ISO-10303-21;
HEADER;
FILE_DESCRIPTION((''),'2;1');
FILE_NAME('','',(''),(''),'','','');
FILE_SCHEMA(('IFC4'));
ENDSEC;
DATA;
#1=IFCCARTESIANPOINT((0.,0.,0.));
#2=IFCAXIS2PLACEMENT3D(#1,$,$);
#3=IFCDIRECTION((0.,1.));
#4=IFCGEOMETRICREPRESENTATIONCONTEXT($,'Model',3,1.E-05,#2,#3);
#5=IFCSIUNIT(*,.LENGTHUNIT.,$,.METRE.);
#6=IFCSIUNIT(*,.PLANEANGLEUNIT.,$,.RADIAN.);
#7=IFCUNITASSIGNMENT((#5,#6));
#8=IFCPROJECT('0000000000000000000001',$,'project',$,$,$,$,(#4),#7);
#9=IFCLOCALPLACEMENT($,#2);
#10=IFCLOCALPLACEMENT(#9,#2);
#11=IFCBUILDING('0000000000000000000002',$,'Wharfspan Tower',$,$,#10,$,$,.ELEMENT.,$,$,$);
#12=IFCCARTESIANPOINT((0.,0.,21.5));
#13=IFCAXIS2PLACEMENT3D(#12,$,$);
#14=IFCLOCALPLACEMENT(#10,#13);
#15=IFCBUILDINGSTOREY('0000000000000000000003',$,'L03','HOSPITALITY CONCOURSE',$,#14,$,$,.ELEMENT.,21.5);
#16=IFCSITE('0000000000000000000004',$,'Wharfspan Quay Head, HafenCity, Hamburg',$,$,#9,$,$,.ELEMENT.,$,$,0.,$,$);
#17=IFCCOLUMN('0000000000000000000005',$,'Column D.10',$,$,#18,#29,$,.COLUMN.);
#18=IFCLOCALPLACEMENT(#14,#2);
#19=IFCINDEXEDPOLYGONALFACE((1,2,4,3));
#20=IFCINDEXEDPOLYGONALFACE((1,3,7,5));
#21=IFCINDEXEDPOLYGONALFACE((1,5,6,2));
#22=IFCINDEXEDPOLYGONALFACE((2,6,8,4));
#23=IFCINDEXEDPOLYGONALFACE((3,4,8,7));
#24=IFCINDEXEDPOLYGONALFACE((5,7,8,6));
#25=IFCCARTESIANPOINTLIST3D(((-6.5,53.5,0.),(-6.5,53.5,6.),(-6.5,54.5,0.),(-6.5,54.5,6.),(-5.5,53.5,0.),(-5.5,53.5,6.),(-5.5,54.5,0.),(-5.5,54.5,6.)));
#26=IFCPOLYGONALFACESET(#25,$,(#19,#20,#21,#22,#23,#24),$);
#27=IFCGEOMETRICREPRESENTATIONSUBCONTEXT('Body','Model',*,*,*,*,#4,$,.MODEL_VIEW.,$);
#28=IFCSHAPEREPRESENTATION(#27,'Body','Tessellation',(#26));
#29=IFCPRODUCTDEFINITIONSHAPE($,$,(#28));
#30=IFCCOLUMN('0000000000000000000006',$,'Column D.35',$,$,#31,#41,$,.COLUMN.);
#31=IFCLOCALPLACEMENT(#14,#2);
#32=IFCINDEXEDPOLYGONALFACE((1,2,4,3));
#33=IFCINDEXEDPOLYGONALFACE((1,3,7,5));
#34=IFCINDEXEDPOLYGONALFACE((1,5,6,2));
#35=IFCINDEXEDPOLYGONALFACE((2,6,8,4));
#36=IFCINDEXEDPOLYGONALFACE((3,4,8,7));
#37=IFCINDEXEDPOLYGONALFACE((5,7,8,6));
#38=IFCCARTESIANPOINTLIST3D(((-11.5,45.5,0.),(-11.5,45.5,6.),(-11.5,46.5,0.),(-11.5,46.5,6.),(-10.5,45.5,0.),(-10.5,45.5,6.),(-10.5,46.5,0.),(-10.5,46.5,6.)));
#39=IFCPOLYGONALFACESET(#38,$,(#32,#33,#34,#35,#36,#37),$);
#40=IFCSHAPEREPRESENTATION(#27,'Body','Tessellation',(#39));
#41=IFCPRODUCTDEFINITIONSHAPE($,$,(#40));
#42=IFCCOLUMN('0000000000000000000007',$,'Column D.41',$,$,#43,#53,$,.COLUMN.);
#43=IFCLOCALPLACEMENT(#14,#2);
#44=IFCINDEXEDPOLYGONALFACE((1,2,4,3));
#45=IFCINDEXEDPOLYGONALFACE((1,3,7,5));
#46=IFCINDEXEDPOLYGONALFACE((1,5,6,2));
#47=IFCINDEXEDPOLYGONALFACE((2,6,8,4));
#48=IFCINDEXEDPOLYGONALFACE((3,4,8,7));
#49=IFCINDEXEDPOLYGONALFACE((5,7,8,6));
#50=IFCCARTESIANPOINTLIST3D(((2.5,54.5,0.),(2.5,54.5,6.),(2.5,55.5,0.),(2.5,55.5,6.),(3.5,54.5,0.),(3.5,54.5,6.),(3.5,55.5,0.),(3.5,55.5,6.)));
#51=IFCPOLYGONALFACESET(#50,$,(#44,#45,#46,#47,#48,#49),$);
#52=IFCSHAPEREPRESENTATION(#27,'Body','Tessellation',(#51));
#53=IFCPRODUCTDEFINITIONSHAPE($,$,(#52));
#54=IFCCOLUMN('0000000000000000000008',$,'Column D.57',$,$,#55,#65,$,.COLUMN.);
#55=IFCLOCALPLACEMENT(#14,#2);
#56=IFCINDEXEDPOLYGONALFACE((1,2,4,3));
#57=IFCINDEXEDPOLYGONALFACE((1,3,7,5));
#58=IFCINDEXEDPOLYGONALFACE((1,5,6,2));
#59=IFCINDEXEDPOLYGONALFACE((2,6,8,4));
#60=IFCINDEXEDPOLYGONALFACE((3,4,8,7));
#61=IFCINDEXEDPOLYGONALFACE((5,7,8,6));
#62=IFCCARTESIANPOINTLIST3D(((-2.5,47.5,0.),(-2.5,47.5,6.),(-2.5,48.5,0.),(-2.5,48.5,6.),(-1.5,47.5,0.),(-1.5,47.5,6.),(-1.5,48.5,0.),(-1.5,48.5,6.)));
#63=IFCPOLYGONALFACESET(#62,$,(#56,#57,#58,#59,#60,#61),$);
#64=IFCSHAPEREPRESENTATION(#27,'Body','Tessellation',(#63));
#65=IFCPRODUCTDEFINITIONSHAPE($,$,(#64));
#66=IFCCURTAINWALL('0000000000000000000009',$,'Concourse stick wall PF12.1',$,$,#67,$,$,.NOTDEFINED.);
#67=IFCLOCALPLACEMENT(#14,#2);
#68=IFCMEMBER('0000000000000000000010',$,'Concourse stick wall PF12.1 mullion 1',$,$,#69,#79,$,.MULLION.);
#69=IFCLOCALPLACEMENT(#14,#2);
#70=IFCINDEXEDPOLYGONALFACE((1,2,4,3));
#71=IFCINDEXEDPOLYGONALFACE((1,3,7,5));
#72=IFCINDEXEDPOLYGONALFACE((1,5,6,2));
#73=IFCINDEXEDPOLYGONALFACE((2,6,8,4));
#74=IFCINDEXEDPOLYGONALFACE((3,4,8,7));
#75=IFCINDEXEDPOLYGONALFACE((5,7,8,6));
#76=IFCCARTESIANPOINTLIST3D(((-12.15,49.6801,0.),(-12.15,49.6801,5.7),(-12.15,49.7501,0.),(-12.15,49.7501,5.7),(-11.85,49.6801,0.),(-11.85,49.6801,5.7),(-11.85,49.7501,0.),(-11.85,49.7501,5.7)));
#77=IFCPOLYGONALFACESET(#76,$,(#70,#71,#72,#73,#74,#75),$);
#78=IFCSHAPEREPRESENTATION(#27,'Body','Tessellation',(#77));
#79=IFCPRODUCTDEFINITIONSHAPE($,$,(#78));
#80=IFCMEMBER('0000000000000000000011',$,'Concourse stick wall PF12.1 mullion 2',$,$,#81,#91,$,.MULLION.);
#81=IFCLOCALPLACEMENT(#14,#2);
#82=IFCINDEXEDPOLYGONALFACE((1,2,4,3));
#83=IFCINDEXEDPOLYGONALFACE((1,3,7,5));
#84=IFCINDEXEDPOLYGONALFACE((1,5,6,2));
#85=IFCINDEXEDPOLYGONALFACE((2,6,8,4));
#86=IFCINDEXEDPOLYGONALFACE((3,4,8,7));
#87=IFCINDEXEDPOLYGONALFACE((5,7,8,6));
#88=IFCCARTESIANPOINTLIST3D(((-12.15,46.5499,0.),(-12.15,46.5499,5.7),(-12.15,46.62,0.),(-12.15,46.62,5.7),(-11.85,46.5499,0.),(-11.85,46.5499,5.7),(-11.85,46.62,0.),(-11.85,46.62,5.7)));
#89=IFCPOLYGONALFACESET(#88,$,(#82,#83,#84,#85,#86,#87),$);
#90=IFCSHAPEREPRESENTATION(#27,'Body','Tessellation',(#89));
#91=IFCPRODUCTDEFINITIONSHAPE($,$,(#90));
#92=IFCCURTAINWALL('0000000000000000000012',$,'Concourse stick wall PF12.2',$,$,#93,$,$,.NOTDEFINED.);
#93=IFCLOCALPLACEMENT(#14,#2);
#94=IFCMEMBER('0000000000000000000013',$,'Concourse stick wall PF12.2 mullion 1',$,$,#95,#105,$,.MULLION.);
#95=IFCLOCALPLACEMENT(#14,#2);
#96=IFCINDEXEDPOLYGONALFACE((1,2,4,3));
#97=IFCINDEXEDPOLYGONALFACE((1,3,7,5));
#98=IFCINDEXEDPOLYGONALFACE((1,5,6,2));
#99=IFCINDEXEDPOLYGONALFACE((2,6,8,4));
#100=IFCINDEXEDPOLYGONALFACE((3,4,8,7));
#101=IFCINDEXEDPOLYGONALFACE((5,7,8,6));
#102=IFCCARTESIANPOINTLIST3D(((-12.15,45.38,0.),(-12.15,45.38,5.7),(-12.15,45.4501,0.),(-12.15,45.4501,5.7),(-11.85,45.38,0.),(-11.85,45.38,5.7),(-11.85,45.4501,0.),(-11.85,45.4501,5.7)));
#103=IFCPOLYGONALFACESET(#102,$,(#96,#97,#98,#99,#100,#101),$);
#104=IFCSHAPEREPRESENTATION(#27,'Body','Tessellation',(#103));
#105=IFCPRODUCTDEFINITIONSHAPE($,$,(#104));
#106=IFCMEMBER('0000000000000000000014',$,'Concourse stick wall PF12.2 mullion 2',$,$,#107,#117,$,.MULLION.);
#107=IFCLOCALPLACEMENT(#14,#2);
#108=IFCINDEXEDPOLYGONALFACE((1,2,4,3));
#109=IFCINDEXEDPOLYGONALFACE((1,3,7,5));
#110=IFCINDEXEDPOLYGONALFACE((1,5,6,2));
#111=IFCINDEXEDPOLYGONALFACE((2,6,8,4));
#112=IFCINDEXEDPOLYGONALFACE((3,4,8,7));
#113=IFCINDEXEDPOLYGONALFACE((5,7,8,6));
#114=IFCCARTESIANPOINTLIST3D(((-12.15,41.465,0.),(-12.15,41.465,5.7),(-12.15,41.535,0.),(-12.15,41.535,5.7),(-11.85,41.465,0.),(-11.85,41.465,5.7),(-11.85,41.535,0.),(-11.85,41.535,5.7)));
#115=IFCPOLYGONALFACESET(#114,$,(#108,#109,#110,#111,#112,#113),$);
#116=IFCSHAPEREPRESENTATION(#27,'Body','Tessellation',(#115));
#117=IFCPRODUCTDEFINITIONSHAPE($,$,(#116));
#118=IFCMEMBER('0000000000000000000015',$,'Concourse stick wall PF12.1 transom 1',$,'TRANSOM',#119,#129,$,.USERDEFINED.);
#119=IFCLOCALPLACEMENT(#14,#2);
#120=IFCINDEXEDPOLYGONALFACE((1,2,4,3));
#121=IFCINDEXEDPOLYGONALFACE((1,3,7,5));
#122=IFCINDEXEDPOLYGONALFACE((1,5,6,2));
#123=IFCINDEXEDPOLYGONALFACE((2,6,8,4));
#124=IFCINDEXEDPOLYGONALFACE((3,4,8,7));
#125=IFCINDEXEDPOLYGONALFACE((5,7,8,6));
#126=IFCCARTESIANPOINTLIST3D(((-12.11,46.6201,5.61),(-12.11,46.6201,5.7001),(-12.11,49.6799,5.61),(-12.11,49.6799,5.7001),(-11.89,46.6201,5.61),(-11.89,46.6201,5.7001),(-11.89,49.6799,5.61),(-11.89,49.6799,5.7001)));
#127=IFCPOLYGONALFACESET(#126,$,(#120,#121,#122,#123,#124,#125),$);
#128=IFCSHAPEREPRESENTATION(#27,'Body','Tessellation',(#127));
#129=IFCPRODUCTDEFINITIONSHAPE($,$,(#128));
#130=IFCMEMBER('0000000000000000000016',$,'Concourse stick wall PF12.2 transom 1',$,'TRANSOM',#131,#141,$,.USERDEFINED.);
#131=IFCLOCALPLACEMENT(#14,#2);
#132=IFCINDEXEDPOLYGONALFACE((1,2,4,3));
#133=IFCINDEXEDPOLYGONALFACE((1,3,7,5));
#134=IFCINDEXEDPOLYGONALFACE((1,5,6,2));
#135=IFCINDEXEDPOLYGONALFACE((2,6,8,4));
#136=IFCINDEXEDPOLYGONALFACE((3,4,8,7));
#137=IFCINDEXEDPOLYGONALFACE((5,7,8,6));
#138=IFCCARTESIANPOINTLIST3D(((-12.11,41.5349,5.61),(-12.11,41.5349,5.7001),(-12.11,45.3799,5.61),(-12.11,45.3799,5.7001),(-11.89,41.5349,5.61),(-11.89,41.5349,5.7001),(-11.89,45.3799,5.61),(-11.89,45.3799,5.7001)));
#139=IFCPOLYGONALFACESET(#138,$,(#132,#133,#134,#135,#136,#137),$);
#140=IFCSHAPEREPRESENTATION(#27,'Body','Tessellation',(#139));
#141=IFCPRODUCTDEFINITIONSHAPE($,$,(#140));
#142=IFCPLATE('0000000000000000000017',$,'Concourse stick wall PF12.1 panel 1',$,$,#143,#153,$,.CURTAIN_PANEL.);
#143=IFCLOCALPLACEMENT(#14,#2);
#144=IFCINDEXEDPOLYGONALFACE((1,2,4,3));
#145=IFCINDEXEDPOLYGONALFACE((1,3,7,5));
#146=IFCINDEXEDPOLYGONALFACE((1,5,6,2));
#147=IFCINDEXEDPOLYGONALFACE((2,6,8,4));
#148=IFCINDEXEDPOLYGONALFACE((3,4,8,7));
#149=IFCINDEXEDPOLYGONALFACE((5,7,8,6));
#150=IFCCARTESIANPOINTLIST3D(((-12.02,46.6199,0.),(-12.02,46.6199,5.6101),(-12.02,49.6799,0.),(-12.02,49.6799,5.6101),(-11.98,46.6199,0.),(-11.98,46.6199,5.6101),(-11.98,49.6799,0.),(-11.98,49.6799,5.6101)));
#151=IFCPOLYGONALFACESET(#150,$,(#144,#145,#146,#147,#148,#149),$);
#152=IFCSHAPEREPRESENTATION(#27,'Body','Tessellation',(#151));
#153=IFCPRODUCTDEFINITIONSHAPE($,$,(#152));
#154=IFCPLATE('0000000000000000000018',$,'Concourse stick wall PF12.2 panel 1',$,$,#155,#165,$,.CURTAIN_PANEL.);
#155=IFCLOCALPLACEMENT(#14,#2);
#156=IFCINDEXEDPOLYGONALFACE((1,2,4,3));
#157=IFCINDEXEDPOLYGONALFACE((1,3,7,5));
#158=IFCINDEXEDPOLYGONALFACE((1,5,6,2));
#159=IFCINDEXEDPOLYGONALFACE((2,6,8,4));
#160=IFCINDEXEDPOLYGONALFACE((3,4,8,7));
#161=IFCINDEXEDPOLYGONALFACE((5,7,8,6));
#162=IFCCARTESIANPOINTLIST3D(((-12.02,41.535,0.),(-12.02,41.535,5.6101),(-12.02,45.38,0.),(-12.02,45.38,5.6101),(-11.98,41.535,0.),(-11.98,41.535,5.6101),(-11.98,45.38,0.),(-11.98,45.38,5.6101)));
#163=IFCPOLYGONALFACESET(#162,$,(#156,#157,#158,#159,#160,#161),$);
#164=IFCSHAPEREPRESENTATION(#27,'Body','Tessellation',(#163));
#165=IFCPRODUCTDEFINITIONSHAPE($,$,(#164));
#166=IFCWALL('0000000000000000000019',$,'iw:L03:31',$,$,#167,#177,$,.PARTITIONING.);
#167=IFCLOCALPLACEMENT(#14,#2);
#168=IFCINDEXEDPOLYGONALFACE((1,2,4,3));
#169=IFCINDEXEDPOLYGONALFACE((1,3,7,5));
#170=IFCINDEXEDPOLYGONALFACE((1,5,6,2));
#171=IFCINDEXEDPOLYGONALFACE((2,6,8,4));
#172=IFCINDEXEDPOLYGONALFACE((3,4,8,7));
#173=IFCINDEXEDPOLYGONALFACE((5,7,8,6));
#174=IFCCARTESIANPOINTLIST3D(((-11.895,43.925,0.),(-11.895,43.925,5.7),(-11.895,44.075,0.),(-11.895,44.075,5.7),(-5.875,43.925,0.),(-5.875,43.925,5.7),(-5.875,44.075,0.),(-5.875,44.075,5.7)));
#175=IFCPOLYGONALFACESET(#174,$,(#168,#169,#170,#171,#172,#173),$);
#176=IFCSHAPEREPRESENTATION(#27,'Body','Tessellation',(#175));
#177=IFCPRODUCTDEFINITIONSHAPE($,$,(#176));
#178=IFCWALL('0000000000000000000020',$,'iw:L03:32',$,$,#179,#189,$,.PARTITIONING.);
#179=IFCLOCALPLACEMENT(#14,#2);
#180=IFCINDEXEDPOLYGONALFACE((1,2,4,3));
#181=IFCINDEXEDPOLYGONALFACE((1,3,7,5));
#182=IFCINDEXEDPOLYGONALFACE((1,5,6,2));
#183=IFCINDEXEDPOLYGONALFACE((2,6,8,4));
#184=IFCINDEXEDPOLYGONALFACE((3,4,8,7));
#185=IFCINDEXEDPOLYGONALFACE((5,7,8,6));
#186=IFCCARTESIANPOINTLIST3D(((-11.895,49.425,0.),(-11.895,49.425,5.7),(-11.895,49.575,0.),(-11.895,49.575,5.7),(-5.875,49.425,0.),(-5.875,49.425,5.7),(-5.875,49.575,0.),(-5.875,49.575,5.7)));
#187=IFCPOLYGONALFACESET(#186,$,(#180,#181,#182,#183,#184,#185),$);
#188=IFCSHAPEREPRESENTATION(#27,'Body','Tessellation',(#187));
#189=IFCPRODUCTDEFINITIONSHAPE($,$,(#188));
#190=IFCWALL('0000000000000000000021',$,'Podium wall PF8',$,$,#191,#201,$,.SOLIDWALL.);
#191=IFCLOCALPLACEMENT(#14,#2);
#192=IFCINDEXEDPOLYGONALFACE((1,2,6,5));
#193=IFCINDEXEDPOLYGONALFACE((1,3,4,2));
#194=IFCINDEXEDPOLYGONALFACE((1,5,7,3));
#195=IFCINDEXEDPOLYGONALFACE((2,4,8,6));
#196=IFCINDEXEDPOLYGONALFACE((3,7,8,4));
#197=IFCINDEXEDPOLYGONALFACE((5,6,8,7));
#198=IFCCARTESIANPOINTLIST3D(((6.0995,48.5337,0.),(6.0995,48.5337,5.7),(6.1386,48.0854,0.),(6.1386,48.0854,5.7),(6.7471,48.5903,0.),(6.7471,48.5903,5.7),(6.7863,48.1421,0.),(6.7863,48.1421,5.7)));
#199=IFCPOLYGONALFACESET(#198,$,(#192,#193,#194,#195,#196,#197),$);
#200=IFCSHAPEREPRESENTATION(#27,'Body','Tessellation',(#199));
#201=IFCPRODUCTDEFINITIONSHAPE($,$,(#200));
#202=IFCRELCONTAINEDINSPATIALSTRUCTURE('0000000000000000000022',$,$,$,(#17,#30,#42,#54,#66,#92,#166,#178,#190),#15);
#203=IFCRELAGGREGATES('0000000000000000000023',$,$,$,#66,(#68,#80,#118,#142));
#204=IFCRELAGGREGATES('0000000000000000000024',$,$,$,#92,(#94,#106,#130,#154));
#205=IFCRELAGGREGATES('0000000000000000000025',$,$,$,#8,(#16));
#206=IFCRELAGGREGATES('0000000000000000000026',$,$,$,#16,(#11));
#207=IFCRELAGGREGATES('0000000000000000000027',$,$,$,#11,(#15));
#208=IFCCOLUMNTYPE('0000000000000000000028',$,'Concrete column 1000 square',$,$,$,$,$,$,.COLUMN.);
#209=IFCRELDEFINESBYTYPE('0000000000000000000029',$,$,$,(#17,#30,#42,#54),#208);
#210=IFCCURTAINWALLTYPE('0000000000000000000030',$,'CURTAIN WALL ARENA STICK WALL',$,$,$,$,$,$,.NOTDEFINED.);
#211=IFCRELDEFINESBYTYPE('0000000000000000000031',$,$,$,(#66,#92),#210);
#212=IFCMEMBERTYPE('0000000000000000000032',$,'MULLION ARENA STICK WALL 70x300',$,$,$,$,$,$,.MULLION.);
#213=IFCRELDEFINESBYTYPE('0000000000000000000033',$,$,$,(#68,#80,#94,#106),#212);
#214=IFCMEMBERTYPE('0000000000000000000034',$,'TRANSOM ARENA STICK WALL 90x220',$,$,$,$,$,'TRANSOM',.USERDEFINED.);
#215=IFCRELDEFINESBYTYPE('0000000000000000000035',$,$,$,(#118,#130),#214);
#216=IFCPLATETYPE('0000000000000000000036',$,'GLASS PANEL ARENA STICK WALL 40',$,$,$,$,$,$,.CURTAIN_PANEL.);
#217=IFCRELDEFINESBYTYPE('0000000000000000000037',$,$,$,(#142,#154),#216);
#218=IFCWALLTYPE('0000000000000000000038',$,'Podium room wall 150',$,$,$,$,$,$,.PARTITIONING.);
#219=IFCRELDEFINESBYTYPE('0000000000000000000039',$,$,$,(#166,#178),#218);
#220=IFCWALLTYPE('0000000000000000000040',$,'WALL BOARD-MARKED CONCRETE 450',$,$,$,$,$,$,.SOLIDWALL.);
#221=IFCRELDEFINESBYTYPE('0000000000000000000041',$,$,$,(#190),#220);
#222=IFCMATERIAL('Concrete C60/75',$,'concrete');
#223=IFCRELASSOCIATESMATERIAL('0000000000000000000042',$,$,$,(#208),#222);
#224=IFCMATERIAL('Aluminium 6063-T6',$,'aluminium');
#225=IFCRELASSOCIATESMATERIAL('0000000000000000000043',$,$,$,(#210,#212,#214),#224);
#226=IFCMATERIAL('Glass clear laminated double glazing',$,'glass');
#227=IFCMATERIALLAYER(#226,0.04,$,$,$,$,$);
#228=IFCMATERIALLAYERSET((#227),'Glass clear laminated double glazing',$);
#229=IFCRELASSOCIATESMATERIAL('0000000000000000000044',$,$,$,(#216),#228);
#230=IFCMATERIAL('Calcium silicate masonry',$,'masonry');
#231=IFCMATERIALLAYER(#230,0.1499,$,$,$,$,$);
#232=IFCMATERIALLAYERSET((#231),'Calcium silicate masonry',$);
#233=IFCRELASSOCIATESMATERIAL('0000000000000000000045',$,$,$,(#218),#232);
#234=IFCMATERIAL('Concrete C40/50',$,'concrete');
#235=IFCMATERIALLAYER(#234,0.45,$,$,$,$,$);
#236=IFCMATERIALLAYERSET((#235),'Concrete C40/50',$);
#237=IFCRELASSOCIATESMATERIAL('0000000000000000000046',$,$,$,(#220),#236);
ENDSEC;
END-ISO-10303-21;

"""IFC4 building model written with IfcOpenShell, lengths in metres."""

from ifc_helpers import new_model, si_unit, direction, frame, frame_2d, origin, origin_2d, place, context, subcontext, project, spatial, rectangle, extrude, material, layer, layer_set, material_profile, profile_set, type_object, element, aggregate, save


model = new_model("IFC4")

# Units and contexts
model_context = context("Model", 3, precision=1e-05, world=origin(), true_north=direction((0.0, 1.0)))
body_context = subcontext(model_context, "Body", "Model", "MODEL_VIEW")
ifc_project = project(units=[si_unit("LENGTHUNIT", "METRE"), si_unit("PLANEANGLEUNIT", "RADIAN")], contexts=[model_context])

# Site, building, storey
site_placement = place(None, origin())
site = spatial("IfcSite", under=ifc_project, at=site_placement, Name="Wharfspan Quay Head, HafenCity, Hamburg", CompositionType="ELEMENT", RefElevation=0.0)
building_placement = place(site_placement, origin())
building = spatial("IfcBuilding", under=site, at=building_placement, Name="Wharfspan Tower", CompositionType="ELEMENT")
storey_placement = place(building_placement, frame((0.0, 0.0, 21.5)))
storey = spatial("IfcBuildingStorey", under=building, at=storey_placement, Name="L03", Description="HOSPITALITY CONCOURSE", CompositionType="ELEMENT", Elevation=21.5)

# Columns
ifc_material_1 = material(Name="Concrete C60/75", Category="concrete")
ifc_material_profile_1 = material_profile(ifc_material_1, rectangle(XDim=1.0, YDim=1.0, at=origin_2d()))
ifc_profile_set_1 = profile_set([ifc_material_profile_1], Name="Concrete C60/75")
column_type = type_object("IfcColumnType", Name="Concrete column 1000 square", PredefinedType="COLUMN", material=ifc_profile_set_1)
for number, where, z_axis, x_axis, name in (
    (1, (-6.0, 54.0, 0.0), (0.0, 0.0, 1.0), (1.0, 0.0, 0.0), "Column D.10"),
    (2, (-11.0, 46.0, 0.0), (0.0, 0.0, 1.0), (1.0, 0.0, 0.0), "Column D.35"),
    (3, (3.0, 55.0, 0.0), (0.0, 0.0, 1.0), (1.0, 0.0, 0.0), "Column D.41"),
    (4, (-2.0, 48.0, 0.0), (0.0, 0.0, 1.0), (1.0, 0.0, 0.0), "Column D.57"),
):
    element("IfcColumn", number, at=place(storey_placement, frame(where, z_axis=z_axis, x_axis=x_axis)), inside=storey, type_object=column_type, Name=name, PredefinedType="COLUMN", context=body_context, shape_type="SweptSolid", body=[
        extrude(rectangle(XDim=1.0, YDim=1.0, at=origin_2d()), origin(), (0.0, 0.0, 1.0), 6.0),
    ])

# Curtain walls, members
ifc_material_2 = material(Name="Aluminium 6063-T6", Category="aluminium")
curtain_wall_type = type_object("IfcCurtainWallType", Name="CURTAIN WALL ARENA STICK WALL", PredefinedType="NOTDEFINED", material=ifc_material_2)
curtain_wall_1_placement = place(storey_placement, origin())
curtain_wall_1 = element("IfcCurtainWall", 5, at=curtain_wall_1_placement, inside=storey, type_object=curtain_wall_type, Name="Concourse stick wall PF12.1", PredefinedType="NOTDEFINED")
ifc_material_profile_2 = material_profile(ifc_material_2, rectangle(XDim=0.3, YDim=0.0701, at=origin_2d()))
ifc_profile_set_2 = profile_set([ifc_material_profile_2], Name="Aluminium 6063-T6")
member_type_1 = type_object("IfcMemberType", Name="MULLION ARENA STICK WALL 70x300", PredefinedType="MULLION", material=ifc_profile_set_2)
member_1_placement = place(storey_placement, frame((-12.0, 49.7151, 0.0), z_axis=(0.0, 0.0, 1.0), x_axis=(1.0, 0.0, 0.0)))
member_1 = element("IfcMember", 6, at=member_1_placement, type_object=member_type_1, Name="Concourse stick wall PF12.1 mullion 1", PredefinedType="MULLION", context=body_context, shape_type="SweptSolid", body=[
    extrude(rectangle(XDim=0.3, YDim=0.0701, at=origin_2d()), origin(), (0.0, 0.0, 1.0), 5.7),
])
member_2_placement = place(storey_placement, frame((-12.0, 46.585, 0.0), z_axis=(0.0, 0.0, 1.0), x_axis=(1.0, 0.0, 0.0)))
member_2 = element("IfcMember", 7, at=member_2_placement, type_object=member_type_1, Name="Concourse stick wall PF12.1 mullion 2", PredefinedType="MULLION", context=body_context, shape_type="SweptSolid", body=[
    extrude(rectangle(XDim=0.3, YDim=0.0701, at=origin_2d()), origin(), (0.0, 0.0, 1.0), 5.7),
])
curtain_wall_2_placement = place(storey_placement, origin())
curtain_wall_2 = element("IfcCurtainWall", 8, at=curtain_wall_2_placement, inside=storey, type_object=curtain_wall_type, Name="Concourse stick wall PF12.2", PredefinedType="NOTDEFINED")
member_3_placement = place(storey_placement, frame((-12.0, 45.415, 0.0), z_axis=(0.0, 0.0, 1.0), x_axis=(1.0, 0.0, 0.0)))
member_3 = element("IfcMember", 9, at=member_3_placement, type_object=member_type_1, Name="Concourse stick wall PF12.2 mullion 1", PredefinedType="MULLION", context=body_context, shape_type="SweptSolid", body=[
    extrude(rectangle(XDim=0.3, YDim=0.0701, at=origin_2d()), origin(), (0.0, 0.0, 1.0), 5.7),
])
member_4_placement = place(storey_placement, frame((-12.0, 41.5, 0.0), z_axis=(0.0, 0.0, 1.0), x_axis=(1.0, 0.0, 0.0)))
member_4 = element("IfcMember", 10, at=member_4_placement, type_object=member_type_1, Name="Concourse stick wall PF12.2 mullion 2", PredefinedType="MULLION", context=body_context, shape_type="SweptSolid", body=[
    extrude(rectangle(XDim=0.3, YDim=0.0701, at=origin_2d()), origin(), (0.0, 0.0, 1.0), 5.7),
])

# Members
ifc_material_profile_3 = material_profile(ifc_material_2, rectangle(XDim=0.22, YDim=0.0901, at=origin_2d()))
ifc_profile_set_3 = profile_set([ifc_material_profile_3], Name="Aluminium 6063-T6")
member_type_2 = type_object("IfcMemberType", Name="TRANSOM ARENA STICK WALL 90x220", ElementType="TRANSOM", PredefinedType="USERDEFINED", material=ifc_profile_set_3)
member_5_placement = place(storey_placement, frame((-12.0, 49.6799, 5.655), z_axis=(0.0, -1.0, 0.0), x_axis=(1.0, 0.0, 0.0)))
member_5 = element("IfcMember", 11, at=member_5_placement, type_object=member_type_2, Name="Concourse stick wall PF12.1 transom 1", ObjectType="TRANSOM", PredefinedType="USERDEFINED", context=body_context, shape_type="SweptSolid", body=[
    extrude(rectangle(XDim=0.22, YDim=0.0901, at=origin_2d()), origin(), (0.0, 0.0, 1.0), 3.0598),
])
member_6_placement = place(storey_placement, frame((-12.0, 45.3799, 5.655), z_axis=(0.0, -1.0, 0.0), x_axis=(1.0, 0.0, 0.0)))
member_6 = element("IfcMember", 12, at=member_6_placement, type_object=member_type_2, Name="Concourse stick wall PF12.2 transom 1", ObjectType="TRANSOM", PredefinedType="USERDEFINED", context=body_context, shape_type="SweptSolid", body=[
    extrude(rectangle(XDim=0.22, YDim=0.0901, at=origin_2d()), origin(), (0.0, 0.0, 1.0), 3.845),
])

# Plates
ifc_material_3 = material(Name="Glass clear laminated double glazing", Category="glass")
ifc_layer_1 = layer(ifc_material_3, 0.04)
ifc_layer_set_1 = layer_set([ifc_layer_1], Name="Glass clear laminated double glazing")
plate_type = type_object("IfcPlateType", Name="GLASS PANEL ARENA STICK WALL 40", PredefinedType="CURTAIN_PANEL", material=ifc_layer_set_1)
plate_1_placement = place(storey_placement, frame((-12.0, 48.1499, 0.0), z_axis=(0.0, 0.0, 1.0), x_axis=(0.0, -1.0, 0.0)))
plate_1 = element("IfcPlate", 13, at=plate_1_placement, type_object=plate_type, Name="Concourse stick wall PF12.1 panel 1", PredefinedType="CURTAIN_PANEL", context=body_context, shape_type="SweptSolid", body=[
    extrude(rectangle(XDim=3.0601, YDim=0.04, at=origin_2d()), origin(), (0.0, 0.0, 1.0), 5.6101),
])
aggregate(curtain_wall_1, [member_1, member_2, member_5, plate_1])
plate_2_placement = place(storey_placement, frame((-12.0, 43.4575, 0.0), z_axis=(0.0, 0.0, 1.0), x_axis=(0.0, -1.0, 0.0)))
plate_2 = element("IfcPlate", 14, at=plate_2_placement, type_object=plate_type, Name="Concourse stick wall PF12.2 panel 1", PredefinedType="CURTAIN_PANEL", context=body_context, shape_type="SweptSolid", body=[
    extrude(rectangle(XDim=3.845, YDim=0.04, at=origin_2d()), origin(), (0.0, 0.0, 1.0), 5.6101),
])
aggregate(curtain_wall_2, [member_3, member_4, member_6, plate_2])

# Walls
ifc_material_4 = material(Name="Calcium silicate masonry", Category="masonry")
ifc_layer_2 = layer(ifc_material_4, 0.1499)
ifc_layer_set_2 = layer_set([ifc_layer_2], Name="Calcium silicate masonry")
wall_type_1 = type_object("IfcWallType", Name="Podium room wall 150", PredefinedType="PARTITIONING", material=ifc_layer_set_2)
for number, where, z_axis, x_axis, name in (
    (15, (-11.895, 44.0, 0.0), (0.0, 0.0, 1.0), (1.0, 0.0, 0.0), "iw:L03:31"),
    (16, (-11.895, 49.5, 0.0), (0.0, 0.0, 1.0), (1.0, 0.0, 0.0), "iw:L03:32"),
):
    element("IfcWall", number, at=place(storey_placement, frame(where, z_axis=z_axis, x_axis=x_axis)), inside=storey, type_object=wall_type_1, Name=name, PredefinedType="PARTITIONING", context=body_context, shape_type="SweptSolid", body=[
        extrude(rectangle(XDim=6.02, YDim=0.1499, at=frame_2d((3.01, 0.0))), origin(), (0.0, 0.0, 1.0), 5.7),
    ])
ifc_material_5 = material(Name="Concrete C40/50", Category="concrete")
ifc_layer_3 = layer(ifc_material_5, 0.45)
ifc_layer_set_3 = layer_set([ifc_layer_3], Name="Concrete C40/50")
wall_type_2 = type_object("IfcWallType", Name="WALL BOARD-MARKED CONCRETE 450", PredefinedType="SOLIDWALL", material=ifc_layer_set_3)
wall_1_placement = place(storey_placement, frame((6.7668, 48.3662, 0.0), z_axis=(0.0, 0.0, 1.0), x_axis=(-0.996201, -0.087116, 0.0)))
element("IfcWall", 17, at=wall_1_placement, inside=storey, type_object=wall_type_2, Name="Podium wall PF8", PredefinedType="SOLIDWALL", context=body_context, shape_type="SweptSolid", body=[
    extrude(rectangle(XDim=0.6501, YDim=0.45, at=frame_2d((0.3252, 0.0))), origin(), (0.0, 0.0, 1.0), 5.7),
])

save(model, "model.ifc")
